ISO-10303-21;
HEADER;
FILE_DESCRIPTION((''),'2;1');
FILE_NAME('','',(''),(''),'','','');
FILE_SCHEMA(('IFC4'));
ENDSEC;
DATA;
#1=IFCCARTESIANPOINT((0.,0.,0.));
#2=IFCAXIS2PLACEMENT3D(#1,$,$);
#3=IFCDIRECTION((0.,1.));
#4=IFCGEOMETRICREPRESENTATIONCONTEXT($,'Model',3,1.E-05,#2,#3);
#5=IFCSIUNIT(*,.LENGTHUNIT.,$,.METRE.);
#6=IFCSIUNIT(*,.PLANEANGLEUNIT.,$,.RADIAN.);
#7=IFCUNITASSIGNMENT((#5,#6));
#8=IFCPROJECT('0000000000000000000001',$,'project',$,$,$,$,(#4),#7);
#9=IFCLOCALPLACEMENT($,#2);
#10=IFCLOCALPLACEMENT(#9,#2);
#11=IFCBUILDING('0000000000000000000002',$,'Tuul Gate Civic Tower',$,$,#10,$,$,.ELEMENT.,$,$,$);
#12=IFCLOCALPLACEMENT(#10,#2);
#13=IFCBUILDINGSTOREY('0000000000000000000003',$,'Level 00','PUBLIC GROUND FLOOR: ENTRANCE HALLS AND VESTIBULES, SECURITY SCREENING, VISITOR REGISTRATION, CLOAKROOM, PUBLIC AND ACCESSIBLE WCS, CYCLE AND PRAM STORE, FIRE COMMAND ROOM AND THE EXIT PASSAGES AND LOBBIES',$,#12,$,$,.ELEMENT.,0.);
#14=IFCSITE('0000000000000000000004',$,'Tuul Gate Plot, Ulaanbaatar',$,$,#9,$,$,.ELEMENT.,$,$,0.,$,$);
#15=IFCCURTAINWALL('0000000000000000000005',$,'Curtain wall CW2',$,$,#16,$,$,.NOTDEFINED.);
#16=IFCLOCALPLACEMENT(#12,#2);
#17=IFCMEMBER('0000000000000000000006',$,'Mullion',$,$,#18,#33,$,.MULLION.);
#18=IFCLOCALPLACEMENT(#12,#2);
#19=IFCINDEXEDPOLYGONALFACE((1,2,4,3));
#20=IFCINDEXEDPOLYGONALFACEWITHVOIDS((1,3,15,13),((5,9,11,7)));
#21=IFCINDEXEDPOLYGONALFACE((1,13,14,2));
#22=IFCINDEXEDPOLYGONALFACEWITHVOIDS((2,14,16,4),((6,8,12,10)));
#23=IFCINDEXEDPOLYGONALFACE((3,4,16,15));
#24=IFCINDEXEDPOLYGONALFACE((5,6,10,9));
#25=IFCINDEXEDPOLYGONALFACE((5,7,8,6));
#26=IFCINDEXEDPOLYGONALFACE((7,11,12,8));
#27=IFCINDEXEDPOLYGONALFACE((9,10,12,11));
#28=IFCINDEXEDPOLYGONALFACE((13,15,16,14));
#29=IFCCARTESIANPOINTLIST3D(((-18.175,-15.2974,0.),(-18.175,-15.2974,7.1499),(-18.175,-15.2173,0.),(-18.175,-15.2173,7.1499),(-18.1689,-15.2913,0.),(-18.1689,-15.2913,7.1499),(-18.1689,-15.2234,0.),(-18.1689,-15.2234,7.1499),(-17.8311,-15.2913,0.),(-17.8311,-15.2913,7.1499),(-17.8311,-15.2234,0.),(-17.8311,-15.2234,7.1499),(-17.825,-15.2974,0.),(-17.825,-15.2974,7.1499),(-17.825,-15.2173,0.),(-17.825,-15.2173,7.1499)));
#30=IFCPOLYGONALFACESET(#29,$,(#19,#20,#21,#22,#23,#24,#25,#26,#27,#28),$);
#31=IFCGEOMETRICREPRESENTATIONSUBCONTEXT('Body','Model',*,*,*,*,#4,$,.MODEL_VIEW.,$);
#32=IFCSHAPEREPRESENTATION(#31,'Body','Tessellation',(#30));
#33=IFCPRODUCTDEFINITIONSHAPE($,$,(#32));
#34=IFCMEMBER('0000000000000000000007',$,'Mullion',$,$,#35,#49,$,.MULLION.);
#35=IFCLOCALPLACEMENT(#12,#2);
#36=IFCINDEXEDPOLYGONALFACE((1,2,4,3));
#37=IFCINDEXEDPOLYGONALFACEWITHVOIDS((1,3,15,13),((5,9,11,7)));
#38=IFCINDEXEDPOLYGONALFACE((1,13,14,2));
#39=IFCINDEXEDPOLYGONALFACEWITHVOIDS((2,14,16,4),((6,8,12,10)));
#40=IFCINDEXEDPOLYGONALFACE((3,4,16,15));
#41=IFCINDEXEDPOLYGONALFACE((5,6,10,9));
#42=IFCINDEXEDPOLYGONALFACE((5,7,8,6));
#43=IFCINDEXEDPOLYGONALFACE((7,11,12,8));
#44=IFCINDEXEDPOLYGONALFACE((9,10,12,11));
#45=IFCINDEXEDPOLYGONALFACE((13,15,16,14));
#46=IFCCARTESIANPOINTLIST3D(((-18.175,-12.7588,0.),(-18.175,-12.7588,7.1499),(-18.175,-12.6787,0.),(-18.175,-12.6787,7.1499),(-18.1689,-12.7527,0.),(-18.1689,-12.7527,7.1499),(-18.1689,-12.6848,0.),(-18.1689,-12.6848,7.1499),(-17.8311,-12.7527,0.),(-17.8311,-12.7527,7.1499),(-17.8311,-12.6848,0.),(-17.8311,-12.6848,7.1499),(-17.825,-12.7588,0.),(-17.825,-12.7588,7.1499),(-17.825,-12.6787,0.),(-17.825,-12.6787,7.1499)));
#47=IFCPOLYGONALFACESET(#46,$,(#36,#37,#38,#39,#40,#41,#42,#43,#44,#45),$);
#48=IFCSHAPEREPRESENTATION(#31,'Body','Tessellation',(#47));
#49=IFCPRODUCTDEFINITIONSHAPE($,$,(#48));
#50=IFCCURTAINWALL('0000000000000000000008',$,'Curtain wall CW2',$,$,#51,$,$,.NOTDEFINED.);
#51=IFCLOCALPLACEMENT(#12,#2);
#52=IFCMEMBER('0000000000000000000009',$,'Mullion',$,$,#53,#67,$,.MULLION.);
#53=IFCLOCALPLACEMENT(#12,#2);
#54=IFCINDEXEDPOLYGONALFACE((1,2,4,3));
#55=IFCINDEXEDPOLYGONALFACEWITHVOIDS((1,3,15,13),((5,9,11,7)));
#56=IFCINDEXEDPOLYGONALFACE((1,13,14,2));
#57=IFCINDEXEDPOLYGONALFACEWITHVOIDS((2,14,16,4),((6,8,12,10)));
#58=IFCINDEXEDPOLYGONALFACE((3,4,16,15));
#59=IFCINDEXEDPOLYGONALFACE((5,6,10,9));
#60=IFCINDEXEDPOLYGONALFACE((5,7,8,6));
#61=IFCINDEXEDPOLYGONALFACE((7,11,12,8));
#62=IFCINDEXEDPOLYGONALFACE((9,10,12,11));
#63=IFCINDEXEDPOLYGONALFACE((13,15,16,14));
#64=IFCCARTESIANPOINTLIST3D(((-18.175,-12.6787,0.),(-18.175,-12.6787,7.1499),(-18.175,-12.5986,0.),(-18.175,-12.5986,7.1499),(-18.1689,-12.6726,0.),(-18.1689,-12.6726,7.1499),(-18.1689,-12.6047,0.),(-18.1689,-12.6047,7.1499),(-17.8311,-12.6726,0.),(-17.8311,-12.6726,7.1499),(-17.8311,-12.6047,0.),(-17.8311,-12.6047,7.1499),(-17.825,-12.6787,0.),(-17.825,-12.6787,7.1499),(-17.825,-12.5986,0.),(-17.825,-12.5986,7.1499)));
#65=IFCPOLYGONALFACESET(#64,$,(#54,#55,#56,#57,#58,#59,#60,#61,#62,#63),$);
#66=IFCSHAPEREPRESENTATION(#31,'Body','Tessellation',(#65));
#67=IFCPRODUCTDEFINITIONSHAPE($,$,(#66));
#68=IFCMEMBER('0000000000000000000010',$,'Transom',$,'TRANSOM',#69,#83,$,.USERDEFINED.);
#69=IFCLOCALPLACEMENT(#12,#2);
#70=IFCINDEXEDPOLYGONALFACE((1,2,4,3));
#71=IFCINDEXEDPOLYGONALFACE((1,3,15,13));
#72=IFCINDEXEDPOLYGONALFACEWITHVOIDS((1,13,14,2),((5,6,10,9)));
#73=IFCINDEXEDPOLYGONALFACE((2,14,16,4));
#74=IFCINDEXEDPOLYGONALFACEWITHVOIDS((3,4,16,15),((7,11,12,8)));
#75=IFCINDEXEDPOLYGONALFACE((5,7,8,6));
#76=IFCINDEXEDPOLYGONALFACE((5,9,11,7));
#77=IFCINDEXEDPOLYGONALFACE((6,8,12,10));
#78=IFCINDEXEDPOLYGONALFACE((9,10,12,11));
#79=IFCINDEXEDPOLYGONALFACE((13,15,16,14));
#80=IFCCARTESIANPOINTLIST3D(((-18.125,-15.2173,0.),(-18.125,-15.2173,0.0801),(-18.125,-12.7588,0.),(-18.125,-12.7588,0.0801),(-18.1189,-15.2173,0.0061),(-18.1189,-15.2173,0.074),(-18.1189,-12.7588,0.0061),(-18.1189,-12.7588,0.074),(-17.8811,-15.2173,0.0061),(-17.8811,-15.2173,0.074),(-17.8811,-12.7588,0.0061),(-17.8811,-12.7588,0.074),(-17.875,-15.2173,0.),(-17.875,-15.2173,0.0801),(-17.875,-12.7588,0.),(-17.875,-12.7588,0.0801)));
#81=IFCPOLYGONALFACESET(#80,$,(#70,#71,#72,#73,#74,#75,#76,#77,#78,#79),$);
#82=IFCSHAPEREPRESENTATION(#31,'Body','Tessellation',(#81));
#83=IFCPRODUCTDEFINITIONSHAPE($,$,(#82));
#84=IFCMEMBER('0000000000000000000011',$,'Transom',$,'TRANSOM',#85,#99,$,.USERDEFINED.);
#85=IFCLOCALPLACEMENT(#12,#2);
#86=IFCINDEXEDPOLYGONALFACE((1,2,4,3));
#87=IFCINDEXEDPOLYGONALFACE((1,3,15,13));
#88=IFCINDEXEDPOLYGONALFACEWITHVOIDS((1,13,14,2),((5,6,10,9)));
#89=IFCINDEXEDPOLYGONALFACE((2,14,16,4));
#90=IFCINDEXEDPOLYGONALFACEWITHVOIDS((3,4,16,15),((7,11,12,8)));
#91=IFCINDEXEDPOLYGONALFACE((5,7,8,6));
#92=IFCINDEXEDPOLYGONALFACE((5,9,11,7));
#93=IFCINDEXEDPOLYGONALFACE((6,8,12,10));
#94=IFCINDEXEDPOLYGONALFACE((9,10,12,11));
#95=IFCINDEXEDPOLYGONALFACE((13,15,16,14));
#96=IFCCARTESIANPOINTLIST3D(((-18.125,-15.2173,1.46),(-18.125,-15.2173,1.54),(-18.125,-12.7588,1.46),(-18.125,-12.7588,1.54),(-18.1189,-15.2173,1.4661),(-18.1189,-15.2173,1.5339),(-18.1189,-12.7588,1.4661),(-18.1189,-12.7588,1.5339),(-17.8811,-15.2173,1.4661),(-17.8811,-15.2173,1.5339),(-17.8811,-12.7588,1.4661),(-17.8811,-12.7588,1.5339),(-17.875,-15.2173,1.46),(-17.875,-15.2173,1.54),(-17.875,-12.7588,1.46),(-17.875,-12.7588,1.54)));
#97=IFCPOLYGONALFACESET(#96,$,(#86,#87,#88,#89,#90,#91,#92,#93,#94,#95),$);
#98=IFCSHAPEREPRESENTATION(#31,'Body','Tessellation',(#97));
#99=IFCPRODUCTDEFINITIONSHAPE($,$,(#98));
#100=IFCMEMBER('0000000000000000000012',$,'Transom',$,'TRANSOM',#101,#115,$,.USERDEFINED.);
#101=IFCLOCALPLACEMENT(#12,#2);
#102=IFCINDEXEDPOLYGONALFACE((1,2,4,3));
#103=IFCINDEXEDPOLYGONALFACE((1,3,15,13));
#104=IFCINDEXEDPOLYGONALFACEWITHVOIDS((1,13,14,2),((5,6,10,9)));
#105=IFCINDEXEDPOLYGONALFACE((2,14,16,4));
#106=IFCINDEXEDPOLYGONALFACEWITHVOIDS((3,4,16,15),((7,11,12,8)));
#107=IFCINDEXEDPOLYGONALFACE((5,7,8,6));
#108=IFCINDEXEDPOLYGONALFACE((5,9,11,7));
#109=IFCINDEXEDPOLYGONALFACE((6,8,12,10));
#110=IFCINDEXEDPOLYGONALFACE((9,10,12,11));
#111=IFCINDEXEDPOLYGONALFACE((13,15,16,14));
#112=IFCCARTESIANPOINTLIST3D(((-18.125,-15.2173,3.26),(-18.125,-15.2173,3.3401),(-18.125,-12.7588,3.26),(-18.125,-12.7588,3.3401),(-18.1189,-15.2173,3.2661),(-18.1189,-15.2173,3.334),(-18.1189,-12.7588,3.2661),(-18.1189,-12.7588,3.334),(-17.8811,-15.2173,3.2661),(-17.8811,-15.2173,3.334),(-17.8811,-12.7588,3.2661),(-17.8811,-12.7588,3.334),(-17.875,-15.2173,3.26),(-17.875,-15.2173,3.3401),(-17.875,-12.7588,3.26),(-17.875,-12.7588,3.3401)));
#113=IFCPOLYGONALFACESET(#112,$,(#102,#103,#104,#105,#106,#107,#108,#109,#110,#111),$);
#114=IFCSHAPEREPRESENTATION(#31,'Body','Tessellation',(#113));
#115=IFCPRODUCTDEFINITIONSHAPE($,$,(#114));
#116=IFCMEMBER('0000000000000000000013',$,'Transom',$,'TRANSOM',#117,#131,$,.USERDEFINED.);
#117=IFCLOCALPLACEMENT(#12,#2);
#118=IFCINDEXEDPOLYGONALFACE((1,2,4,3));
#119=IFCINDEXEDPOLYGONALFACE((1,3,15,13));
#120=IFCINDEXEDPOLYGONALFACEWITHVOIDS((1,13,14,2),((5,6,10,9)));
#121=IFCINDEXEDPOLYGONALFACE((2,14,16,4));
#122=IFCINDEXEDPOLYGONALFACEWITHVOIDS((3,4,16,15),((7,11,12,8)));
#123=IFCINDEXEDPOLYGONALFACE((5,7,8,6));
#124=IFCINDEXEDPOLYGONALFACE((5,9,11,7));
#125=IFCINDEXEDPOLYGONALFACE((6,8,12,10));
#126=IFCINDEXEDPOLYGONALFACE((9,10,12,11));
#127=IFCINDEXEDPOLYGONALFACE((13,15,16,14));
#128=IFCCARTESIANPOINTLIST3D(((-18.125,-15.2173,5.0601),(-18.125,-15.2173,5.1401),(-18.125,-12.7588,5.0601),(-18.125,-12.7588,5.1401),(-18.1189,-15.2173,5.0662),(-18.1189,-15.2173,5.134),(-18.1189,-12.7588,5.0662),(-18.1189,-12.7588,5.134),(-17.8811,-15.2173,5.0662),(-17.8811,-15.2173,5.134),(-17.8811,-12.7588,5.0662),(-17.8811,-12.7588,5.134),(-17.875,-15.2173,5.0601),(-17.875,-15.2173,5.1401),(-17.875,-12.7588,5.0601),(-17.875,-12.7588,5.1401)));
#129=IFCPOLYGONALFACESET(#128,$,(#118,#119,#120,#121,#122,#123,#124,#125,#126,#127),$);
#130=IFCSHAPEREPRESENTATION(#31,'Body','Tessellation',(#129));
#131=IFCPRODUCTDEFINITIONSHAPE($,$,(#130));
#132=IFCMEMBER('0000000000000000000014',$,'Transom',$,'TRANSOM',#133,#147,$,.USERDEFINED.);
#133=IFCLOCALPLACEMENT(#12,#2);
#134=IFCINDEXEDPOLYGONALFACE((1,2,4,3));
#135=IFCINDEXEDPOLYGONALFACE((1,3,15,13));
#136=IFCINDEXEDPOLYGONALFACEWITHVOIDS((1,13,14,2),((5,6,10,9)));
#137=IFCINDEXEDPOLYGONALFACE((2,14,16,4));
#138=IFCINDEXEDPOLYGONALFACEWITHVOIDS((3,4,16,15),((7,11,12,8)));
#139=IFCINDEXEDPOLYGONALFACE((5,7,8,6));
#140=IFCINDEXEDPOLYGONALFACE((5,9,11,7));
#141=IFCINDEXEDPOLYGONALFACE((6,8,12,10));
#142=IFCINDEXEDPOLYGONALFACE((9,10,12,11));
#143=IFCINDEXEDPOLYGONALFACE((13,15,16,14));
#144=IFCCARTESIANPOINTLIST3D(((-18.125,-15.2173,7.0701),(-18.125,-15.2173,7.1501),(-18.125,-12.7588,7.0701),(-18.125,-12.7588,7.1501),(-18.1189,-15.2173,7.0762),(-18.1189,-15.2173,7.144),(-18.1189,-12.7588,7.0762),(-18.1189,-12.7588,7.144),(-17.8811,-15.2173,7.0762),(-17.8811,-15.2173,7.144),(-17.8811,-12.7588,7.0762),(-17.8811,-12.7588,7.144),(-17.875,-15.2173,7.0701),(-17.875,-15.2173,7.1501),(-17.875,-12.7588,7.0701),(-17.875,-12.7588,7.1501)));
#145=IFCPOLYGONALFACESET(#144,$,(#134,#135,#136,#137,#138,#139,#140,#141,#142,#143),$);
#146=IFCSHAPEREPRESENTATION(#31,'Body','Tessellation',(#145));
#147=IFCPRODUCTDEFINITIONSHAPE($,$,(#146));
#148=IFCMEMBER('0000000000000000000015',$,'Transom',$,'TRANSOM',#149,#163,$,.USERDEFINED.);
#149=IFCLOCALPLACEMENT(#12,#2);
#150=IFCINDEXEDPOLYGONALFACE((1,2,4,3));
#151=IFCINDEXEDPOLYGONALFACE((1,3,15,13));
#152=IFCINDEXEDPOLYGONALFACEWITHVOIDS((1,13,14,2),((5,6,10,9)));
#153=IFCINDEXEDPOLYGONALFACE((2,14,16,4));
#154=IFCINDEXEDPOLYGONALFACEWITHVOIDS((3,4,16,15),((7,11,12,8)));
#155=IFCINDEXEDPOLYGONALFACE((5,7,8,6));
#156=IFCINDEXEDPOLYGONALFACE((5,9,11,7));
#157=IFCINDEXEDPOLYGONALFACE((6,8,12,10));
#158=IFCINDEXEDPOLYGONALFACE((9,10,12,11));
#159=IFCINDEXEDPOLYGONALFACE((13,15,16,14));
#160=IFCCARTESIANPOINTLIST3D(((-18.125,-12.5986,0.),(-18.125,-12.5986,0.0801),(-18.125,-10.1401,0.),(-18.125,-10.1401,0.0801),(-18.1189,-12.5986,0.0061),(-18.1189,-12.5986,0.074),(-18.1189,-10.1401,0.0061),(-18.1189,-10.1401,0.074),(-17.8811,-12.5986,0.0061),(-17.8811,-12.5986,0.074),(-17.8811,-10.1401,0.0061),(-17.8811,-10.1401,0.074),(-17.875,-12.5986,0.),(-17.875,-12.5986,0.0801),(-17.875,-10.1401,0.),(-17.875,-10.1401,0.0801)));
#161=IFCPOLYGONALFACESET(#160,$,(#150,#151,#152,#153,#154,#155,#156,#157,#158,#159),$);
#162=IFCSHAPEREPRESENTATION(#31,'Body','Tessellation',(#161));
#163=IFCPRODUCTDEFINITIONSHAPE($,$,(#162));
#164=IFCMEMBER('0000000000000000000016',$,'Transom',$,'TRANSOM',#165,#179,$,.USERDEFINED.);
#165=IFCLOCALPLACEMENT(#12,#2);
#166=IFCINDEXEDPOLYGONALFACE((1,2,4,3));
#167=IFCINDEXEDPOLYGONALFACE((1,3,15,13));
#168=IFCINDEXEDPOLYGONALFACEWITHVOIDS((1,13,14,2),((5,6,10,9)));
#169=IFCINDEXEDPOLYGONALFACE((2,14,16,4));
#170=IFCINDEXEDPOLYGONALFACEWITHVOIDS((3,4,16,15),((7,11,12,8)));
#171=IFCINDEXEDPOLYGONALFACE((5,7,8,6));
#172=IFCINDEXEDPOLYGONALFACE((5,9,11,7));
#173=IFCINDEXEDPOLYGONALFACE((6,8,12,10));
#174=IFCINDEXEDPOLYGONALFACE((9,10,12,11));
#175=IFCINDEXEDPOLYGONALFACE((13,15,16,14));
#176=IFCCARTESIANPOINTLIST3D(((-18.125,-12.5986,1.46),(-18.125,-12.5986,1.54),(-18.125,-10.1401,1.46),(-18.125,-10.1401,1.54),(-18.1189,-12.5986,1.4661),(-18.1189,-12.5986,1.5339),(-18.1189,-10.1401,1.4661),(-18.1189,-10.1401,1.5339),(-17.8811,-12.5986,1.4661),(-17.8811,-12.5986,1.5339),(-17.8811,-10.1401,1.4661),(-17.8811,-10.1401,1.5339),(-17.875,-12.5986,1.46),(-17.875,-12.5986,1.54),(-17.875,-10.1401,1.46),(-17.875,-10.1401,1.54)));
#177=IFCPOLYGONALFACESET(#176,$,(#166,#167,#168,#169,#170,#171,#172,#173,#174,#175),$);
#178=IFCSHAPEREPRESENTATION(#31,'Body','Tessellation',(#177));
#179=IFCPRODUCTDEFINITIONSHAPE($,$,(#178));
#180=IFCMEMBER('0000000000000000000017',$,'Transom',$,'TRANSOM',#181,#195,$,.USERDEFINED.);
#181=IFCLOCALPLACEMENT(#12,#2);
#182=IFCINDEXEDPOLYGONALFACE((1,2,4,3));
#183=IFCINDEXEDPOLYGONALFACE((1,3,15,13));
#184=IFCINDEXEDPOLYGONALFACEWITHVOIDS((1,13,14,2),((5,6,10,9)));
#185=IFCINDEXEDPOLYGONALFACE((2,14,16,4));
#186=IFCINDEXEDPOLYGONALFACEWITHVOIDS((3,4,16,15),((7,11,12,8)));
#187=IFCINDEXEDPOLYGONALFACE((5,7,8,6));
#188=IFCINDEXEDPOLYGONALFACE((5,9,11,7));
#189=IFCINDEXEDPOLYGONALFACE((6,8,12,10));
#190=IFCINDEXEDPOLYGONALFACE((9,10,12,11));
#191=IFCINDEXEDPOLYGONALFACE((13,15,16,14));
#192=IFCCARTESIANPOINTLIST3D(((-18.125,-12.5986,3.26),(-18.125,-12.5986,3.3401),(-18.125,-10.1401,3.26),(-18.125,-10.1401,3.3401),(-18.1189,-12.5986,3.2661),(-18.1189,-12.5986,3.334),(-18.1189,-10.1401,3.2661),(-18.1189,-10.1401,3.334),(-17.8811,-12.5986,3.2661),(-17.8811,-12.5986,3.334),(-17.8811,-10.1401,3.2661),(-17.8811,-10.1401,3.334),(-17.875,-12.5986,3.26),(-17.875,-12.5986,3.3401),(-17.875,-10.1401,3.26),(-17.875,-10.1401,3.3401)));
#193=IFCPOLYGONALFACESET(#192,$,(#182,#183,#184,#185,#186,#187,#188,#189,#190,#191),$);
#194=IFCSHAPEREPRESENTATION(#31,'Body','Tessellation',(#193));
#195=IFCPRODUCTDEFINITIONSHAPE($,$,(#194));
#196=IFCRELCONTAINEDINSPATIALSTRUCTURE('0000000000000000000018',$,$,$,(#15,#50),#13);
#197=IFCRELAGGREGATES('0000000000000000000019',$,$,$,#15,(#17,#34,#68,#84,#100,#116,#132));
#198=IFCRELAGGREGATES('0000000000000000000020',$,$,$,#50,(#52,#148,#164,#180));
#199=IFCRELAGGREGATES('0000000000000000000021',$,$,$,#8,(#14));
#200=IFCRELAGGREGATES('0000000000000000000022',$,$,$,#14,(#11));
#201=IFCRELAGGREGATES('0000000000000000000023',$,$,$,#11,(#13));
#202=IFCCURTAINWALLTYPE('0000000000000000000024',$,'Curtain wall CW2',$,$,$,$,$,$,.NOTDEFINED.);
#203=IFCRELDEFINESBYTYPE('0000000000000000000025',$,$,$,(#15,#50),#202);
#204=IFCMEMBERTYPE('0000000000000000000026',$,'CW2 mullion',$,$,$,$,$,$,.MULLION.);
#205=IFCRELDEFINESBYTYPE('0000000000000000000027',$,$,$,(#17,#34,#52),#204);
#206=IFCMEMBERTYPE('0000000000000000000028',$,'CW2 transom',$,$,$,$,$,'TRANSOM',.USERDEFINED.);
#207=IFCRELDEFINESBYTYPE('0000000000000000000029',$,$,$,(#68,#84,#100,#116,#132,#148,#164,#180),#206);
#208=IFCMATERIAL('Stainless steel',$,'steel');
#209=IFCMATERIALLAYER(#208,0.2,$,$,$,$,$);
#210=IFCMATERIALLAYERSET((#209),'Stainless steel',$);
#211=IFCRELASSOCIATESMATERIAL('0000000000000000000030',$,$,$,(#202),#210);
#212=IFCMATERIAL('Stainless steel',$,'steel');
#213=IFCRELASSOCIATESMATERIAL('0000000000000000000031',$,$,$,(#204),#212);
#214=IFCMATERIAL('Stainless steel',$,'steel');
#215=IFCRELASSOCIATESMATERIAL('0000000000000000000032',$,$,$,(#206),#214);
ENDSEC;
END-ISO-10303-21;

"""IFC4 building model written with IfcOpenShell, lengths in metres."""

from ifc_helpers import new_model, si_unit, direction, frame, origin, origin_2d, place, context, subcontext, project, spatial, hollow_rectangle, extrude, material, layer, layer_set, material_profile, profile_set, type_object, element, aggregate, save


model = new_model("IFC4")

# Units and contexts
model_context = context("Model", 3, precision=1e-05, world=origin(), true_north=direction((0.0, 1.0)))
body_context = subcontext(model_context, "Body", "Model", "MODEL_VIEW")
ifc_project = project(units=[si_unit("LENGTHUNIT", "METRE"), si_unit("PLANEANGLEUNIT", "RADIAN")], contexts=[model_context])

# Site, building, storey
site_placement = place(None, origin())
site = spatial("IfcSite", under=ifc_project, at=site_placement, Name="Tuul Gate Plot, Ulaanbaatar", CompositionType="ELEMENT", RefElevation=0.0)
building_placement = place(site_placement, origin())
building = spatial("IfcBuilding", under=site, at=building_placement, Name="Tuul Gate Civic Tower", CompositionType="ELEMENT")
storey_placement = place(building_placement, origin())
storey = spatial("IfcBuildingStorey", under=building, at=storey_placement, Name="Level 00", Description="PUBLIC GROUND FLOOR: ENTRANCE HALLS AND VESTIBULES, SECURITY SCREENING, VISITOR REGISTRATION, CLOAKROOM, PUBLIC AND ACCESSIBLE WCS, CYCLE AND PRAM STORE, FIRE COMMAND ROOM AND THE EXIT PASSAGES AND LOBBIES", CompositionType="ELEMENT", Elevation=0.0)

# Curtain wall, members
ifc_material_1 = material(Name="Stainless steel", Category="steel")
ifc_layer_1 = layer(ifc_material_1, 0.2)
ifc_layer_set_1 = layer_set([ifc_layer_1], Name="Stainless steel")
curtain_wall_type = type_object("IfcCurtainWallType", Name="Curtain wall CW2", PredefinedType="NOTDEFINED", material=ifc_layer_set_1)
curtain_wall_1_placement = place(storey_placement, origin())
curtain_wall_1 = element("IfcCurtainWall", 1, at=curtain_wall_1_placement, inside=storey, type_object=curtain_wall_type, Name="Curtain wall CW2", PredefinedType="NOTDEFINED")
ifc_material_2 = material(Name="Stainless steel", Category="steel")
ifc_material_profile_1 = material_profile(ifc_material_2, hollow_rectangle(XDim=0.3501, YDim=0.0801, WallThickness=0.0061, at=origin_2d()), Name="CW2 mullion")
ifc_profile_set_1 = profile_set([ifc_material_profile_1], Name="Stainless steel")
member_type_1 = type_object("IfcMemberType", Name="CW2 mullion", PredefinedType="MULLION", material=ifc_profile_set_1)
member_1_placement = place(storey_placement, frame((-18.0, -15.2573, 0.0), z_axis=(0.0, 0.0, 1.0), x_axis=(-1.0, 0.0, 0.0)))
member_1 = element("IfcMember", 2, at=member_1_placement, type_object=member_type_1, Name="Mullion", PredefinedType="MULLION", context=body_context, shape_type="SweptSolid", body=[
    extrude(hollow_rectangle(XDim=0.3501, YDim=0.0801, WallThickness=0.0061, at=origin_2d()), origin(), (0.0, 0.0, 1.0), 7.1499),
])
member_2_placement = place(storey_placement, frame((-18.0, -12.7188, 0.0), z_axis=(0.0, 0.0, 1.0), x_axis=(-1.0, 0.0, 0.0)))
member_2 = element("IfcMember", 3, at=member_2_placement, type_object=member_type_1, Name="Mullion", PredefinedType="MULLION", context=body_context, shape_type="SweptSolid", body=[
    extrude(hollow_rectangle(XDim=0.3501, YDim=0.0801, WallThickness=0.0061, at=origin_2d()), origin(), (0.0, 0.0, 1.0), 7.1499),
])

# Curtain wall, member
curtain_wall_2_placement = place(storey_placement, origin())
curtain_wall_2 = element("IfcCurtainWall", 4, at=curtain_wall_2_placement, inside=storey, type_object=curtain_wall_type, Name="Curtain wall CW2", PredefinedType="NOTDEFINED")
member_3_placement = place(storey_placement, frame((-18.0, -12.6387, 0.0), z_axis=(0.0, 0.0, 1.0), x_axis=(-1.0, 0.0, 0.0)))
member_3 = element("IfcMember", 5, at=member_3_placement, type_object=member_type_1, Name="Mullion", PredefinedType="MULLION", context=body_context, shape_type="SweptSolid", body=[
    extrude(hollow_rectangle(XDim=0.3501, YDim=0.0801, WallThickness=0.0061, at=origin_2d()), origin(), (0.0, 0.0, 1.0), 7.1499),
])

# Members
ifc_material_3 = material(Name="Stainless steel", Category="steel")
ifc_material_profile_2 = material_profile(ifc_material_3, hollow_rectangle(XDim=0.25, YDim=0.0801, WallThickness=0.0061, at=origin_2d()), Name="CW2 transom")
ifc_profile_set_2 = profile_set([ifc_material_profile_2], Name="Stainless steel")
member_type_2 = type_object("IfcMemberType", Name="CW2 transom", ElementType="TRANSOM", PredefinedType="USERDEFINED", material=ifc_profile_set_2)
member_4_placement = place(storey_placement, frame((-18.0, -15.2173, 0.04), z_axis=(0.0, 1.0, 0.0), x_axis=(-1.0, 0.0, 0.0)))
member_4 = element("IfcMember", 6, at=member_4_placement, type_object=member_type_2, Name="Transom", ObjectType="TRANSOM", PredefinedType="USERDEFINED", context=body_context, shape_type="SweptSolid", body=[
    extrude(hollow_rectangle(XDim=0.25, YDim=0.0801, WallThickness=0.0061, at=origin_2d()), origin(), (0.0, 0.0, 1.0), 2.4585),
])
member_5_placement = place(storey_placement, frame((-18.0, -15.2173, 1.5), z_axis=(0.0, 1.0, 0.0), x_axis=(-1.0, 0.0, 0.0)))
member_5 = element("IfcMember", 7, at=member_5_placement, type_object=member_type_2, Name="Transom", ObjectType="TRANSOM", PredefinedType="USERDEFINED", context=body_context, shape_type="SweptSolid", body=[
    extrude(hollow_rectangle(XDim=0.25, YDim=0.0801, WallThickness=0.0061, at=origin_2d()), origin(), (0.0, 0.0, 1.0), 2.4585),
])
member_6_placement = place(storey_placement, frame((-18.0, -15.2173, 3.3), z_axis=(0.0, 1.0, 0.0), x_axis=(-1.0, 0.0, 0.0)))
member_6 = element("IfcMember", 8, at=member_6_placement, type_object=member_type_2, Name="Transom", ObjectType="TRANSOM", PredefinedType="USERDEFINED", context=body_context, shape_type="SweptSolid", body=[
    extrude(hollow_rectangle(XDim=0.25, YDim=0.0801, WallThickness=0.0061, at=origin_2d()), origin(), (0.0, 0.0, 1.0), 2.4585),
])
member_7_placement = place(storey_placement, frame((-18.0, -15.2173, 5.1001), z_axis=(0.0, 1.0, 0.0), x_axis=(-1.0, 0.0, 0.0)))
member_7 = element("IfcMember", 9, at=member_7_placement, type_object=member_type_2, Name="Transom", ObjectType="TRANSOM", PredefinedType="USERDEFINED", context=body_context, shape_type="SweptSolid", body=[
    extrude(hollow_rectangle(XDim=0.25, YDim=0.0801, WallThickness=0.0061, at=origin_2d()), origin(), (0.0, 0.0, 1.0), 2.4585),
])
member_8_placement = place(storey_placement, frame((-18.0, -15.2173, 7.1101), z_axis=(0.0, 1.0, 0.0), x_axis=(-1.0, 0.0, 0.0)))
member_8 = element("IfcMember", 10, at=member_8_placement, type_object=member_type_2, Name="Transom", ObjectType="TRANSOM", PredefinedType="USERDEFINED", context=body_context, shape_type="SweptSolid", body=[
    extrude(hollow_rectangle(XDim=0.25, YDim=0.0801, WallThickness=0.0061, at=origin_2d()), origin(), (0.0, 0.0, 1.0), 2.4585),
])
member_9_placement = place(storey_placement, frame((-18.0, -12.5986, 0.04), z_axis=(0.0, 1.0, 0.0), x_axis=(-1.0, 0.0, 0.0)))
member_9 = element("IfcMember", 11, at=member_9_placement, type_object=member_type_2, Name="Transom", ObjectType="TRANSOM", PredefinedType="USERDEFINED", context=body_context, shape_type="SweptSolid", body=[
    extrude(hollow_rectangle(XDim=0.25, YDim=0.0801, WallThickness=0.0061, at=origin_2d()), origin(), (0.0, 0.0, 1.0), 2.4585),
])
member_10_placement = place(storey_placement, frame((-18.0, -12.5986, 1.5), z_axis=(0.0, 1.0, 0.0), x_axis=(-1.0, 0.0, 0.0)))
member_10 = element("IfcMember", 12, at=member_10_placement, type_object=member_type_2, Name="Transom", ObjectType="TRANSOM", PredefinedType="USERDEFINED", context=body_context, shape_type="SweptSolid", body=[
    extrude(hollow_rectangle(XDim=0.25, YDim=0.0801, WallThickness=0.0061, at=origin_2d()), origin(), (0.0, 0.0, 1.0), 2.4585),
])
member_11_placement = place(storey_placement, frame((-18.0, -12.5986, 3.3), z_axis=(0.0, 1.0, 0.0), x_axis=(-1.0, 0.0, 0.0)))
member_11 = element("IfcMember", 13, at=member_11_placement, type_object=member_type_2, Name="Transom", ObjectType="TRANSOM", PredefinedType="USERDEFINED", context=body_context, shape_type="SweptSolid", body=[
    extrude(hollow_rectangle(XDim=0.25, YDim=0.0801, WallThickness=0.0061, at=origin_2d()), origin(), (0.0, 0.0, 1.0), 2.4585),
])

aggregate(curtain_wall_1, [member_1, member_2, member_4, member_5, member_6, member_7, member_8])
aggregate(curtain_wall_2, [member_3, member_9, member_10, member_11])

save(model, "model.ifc")
